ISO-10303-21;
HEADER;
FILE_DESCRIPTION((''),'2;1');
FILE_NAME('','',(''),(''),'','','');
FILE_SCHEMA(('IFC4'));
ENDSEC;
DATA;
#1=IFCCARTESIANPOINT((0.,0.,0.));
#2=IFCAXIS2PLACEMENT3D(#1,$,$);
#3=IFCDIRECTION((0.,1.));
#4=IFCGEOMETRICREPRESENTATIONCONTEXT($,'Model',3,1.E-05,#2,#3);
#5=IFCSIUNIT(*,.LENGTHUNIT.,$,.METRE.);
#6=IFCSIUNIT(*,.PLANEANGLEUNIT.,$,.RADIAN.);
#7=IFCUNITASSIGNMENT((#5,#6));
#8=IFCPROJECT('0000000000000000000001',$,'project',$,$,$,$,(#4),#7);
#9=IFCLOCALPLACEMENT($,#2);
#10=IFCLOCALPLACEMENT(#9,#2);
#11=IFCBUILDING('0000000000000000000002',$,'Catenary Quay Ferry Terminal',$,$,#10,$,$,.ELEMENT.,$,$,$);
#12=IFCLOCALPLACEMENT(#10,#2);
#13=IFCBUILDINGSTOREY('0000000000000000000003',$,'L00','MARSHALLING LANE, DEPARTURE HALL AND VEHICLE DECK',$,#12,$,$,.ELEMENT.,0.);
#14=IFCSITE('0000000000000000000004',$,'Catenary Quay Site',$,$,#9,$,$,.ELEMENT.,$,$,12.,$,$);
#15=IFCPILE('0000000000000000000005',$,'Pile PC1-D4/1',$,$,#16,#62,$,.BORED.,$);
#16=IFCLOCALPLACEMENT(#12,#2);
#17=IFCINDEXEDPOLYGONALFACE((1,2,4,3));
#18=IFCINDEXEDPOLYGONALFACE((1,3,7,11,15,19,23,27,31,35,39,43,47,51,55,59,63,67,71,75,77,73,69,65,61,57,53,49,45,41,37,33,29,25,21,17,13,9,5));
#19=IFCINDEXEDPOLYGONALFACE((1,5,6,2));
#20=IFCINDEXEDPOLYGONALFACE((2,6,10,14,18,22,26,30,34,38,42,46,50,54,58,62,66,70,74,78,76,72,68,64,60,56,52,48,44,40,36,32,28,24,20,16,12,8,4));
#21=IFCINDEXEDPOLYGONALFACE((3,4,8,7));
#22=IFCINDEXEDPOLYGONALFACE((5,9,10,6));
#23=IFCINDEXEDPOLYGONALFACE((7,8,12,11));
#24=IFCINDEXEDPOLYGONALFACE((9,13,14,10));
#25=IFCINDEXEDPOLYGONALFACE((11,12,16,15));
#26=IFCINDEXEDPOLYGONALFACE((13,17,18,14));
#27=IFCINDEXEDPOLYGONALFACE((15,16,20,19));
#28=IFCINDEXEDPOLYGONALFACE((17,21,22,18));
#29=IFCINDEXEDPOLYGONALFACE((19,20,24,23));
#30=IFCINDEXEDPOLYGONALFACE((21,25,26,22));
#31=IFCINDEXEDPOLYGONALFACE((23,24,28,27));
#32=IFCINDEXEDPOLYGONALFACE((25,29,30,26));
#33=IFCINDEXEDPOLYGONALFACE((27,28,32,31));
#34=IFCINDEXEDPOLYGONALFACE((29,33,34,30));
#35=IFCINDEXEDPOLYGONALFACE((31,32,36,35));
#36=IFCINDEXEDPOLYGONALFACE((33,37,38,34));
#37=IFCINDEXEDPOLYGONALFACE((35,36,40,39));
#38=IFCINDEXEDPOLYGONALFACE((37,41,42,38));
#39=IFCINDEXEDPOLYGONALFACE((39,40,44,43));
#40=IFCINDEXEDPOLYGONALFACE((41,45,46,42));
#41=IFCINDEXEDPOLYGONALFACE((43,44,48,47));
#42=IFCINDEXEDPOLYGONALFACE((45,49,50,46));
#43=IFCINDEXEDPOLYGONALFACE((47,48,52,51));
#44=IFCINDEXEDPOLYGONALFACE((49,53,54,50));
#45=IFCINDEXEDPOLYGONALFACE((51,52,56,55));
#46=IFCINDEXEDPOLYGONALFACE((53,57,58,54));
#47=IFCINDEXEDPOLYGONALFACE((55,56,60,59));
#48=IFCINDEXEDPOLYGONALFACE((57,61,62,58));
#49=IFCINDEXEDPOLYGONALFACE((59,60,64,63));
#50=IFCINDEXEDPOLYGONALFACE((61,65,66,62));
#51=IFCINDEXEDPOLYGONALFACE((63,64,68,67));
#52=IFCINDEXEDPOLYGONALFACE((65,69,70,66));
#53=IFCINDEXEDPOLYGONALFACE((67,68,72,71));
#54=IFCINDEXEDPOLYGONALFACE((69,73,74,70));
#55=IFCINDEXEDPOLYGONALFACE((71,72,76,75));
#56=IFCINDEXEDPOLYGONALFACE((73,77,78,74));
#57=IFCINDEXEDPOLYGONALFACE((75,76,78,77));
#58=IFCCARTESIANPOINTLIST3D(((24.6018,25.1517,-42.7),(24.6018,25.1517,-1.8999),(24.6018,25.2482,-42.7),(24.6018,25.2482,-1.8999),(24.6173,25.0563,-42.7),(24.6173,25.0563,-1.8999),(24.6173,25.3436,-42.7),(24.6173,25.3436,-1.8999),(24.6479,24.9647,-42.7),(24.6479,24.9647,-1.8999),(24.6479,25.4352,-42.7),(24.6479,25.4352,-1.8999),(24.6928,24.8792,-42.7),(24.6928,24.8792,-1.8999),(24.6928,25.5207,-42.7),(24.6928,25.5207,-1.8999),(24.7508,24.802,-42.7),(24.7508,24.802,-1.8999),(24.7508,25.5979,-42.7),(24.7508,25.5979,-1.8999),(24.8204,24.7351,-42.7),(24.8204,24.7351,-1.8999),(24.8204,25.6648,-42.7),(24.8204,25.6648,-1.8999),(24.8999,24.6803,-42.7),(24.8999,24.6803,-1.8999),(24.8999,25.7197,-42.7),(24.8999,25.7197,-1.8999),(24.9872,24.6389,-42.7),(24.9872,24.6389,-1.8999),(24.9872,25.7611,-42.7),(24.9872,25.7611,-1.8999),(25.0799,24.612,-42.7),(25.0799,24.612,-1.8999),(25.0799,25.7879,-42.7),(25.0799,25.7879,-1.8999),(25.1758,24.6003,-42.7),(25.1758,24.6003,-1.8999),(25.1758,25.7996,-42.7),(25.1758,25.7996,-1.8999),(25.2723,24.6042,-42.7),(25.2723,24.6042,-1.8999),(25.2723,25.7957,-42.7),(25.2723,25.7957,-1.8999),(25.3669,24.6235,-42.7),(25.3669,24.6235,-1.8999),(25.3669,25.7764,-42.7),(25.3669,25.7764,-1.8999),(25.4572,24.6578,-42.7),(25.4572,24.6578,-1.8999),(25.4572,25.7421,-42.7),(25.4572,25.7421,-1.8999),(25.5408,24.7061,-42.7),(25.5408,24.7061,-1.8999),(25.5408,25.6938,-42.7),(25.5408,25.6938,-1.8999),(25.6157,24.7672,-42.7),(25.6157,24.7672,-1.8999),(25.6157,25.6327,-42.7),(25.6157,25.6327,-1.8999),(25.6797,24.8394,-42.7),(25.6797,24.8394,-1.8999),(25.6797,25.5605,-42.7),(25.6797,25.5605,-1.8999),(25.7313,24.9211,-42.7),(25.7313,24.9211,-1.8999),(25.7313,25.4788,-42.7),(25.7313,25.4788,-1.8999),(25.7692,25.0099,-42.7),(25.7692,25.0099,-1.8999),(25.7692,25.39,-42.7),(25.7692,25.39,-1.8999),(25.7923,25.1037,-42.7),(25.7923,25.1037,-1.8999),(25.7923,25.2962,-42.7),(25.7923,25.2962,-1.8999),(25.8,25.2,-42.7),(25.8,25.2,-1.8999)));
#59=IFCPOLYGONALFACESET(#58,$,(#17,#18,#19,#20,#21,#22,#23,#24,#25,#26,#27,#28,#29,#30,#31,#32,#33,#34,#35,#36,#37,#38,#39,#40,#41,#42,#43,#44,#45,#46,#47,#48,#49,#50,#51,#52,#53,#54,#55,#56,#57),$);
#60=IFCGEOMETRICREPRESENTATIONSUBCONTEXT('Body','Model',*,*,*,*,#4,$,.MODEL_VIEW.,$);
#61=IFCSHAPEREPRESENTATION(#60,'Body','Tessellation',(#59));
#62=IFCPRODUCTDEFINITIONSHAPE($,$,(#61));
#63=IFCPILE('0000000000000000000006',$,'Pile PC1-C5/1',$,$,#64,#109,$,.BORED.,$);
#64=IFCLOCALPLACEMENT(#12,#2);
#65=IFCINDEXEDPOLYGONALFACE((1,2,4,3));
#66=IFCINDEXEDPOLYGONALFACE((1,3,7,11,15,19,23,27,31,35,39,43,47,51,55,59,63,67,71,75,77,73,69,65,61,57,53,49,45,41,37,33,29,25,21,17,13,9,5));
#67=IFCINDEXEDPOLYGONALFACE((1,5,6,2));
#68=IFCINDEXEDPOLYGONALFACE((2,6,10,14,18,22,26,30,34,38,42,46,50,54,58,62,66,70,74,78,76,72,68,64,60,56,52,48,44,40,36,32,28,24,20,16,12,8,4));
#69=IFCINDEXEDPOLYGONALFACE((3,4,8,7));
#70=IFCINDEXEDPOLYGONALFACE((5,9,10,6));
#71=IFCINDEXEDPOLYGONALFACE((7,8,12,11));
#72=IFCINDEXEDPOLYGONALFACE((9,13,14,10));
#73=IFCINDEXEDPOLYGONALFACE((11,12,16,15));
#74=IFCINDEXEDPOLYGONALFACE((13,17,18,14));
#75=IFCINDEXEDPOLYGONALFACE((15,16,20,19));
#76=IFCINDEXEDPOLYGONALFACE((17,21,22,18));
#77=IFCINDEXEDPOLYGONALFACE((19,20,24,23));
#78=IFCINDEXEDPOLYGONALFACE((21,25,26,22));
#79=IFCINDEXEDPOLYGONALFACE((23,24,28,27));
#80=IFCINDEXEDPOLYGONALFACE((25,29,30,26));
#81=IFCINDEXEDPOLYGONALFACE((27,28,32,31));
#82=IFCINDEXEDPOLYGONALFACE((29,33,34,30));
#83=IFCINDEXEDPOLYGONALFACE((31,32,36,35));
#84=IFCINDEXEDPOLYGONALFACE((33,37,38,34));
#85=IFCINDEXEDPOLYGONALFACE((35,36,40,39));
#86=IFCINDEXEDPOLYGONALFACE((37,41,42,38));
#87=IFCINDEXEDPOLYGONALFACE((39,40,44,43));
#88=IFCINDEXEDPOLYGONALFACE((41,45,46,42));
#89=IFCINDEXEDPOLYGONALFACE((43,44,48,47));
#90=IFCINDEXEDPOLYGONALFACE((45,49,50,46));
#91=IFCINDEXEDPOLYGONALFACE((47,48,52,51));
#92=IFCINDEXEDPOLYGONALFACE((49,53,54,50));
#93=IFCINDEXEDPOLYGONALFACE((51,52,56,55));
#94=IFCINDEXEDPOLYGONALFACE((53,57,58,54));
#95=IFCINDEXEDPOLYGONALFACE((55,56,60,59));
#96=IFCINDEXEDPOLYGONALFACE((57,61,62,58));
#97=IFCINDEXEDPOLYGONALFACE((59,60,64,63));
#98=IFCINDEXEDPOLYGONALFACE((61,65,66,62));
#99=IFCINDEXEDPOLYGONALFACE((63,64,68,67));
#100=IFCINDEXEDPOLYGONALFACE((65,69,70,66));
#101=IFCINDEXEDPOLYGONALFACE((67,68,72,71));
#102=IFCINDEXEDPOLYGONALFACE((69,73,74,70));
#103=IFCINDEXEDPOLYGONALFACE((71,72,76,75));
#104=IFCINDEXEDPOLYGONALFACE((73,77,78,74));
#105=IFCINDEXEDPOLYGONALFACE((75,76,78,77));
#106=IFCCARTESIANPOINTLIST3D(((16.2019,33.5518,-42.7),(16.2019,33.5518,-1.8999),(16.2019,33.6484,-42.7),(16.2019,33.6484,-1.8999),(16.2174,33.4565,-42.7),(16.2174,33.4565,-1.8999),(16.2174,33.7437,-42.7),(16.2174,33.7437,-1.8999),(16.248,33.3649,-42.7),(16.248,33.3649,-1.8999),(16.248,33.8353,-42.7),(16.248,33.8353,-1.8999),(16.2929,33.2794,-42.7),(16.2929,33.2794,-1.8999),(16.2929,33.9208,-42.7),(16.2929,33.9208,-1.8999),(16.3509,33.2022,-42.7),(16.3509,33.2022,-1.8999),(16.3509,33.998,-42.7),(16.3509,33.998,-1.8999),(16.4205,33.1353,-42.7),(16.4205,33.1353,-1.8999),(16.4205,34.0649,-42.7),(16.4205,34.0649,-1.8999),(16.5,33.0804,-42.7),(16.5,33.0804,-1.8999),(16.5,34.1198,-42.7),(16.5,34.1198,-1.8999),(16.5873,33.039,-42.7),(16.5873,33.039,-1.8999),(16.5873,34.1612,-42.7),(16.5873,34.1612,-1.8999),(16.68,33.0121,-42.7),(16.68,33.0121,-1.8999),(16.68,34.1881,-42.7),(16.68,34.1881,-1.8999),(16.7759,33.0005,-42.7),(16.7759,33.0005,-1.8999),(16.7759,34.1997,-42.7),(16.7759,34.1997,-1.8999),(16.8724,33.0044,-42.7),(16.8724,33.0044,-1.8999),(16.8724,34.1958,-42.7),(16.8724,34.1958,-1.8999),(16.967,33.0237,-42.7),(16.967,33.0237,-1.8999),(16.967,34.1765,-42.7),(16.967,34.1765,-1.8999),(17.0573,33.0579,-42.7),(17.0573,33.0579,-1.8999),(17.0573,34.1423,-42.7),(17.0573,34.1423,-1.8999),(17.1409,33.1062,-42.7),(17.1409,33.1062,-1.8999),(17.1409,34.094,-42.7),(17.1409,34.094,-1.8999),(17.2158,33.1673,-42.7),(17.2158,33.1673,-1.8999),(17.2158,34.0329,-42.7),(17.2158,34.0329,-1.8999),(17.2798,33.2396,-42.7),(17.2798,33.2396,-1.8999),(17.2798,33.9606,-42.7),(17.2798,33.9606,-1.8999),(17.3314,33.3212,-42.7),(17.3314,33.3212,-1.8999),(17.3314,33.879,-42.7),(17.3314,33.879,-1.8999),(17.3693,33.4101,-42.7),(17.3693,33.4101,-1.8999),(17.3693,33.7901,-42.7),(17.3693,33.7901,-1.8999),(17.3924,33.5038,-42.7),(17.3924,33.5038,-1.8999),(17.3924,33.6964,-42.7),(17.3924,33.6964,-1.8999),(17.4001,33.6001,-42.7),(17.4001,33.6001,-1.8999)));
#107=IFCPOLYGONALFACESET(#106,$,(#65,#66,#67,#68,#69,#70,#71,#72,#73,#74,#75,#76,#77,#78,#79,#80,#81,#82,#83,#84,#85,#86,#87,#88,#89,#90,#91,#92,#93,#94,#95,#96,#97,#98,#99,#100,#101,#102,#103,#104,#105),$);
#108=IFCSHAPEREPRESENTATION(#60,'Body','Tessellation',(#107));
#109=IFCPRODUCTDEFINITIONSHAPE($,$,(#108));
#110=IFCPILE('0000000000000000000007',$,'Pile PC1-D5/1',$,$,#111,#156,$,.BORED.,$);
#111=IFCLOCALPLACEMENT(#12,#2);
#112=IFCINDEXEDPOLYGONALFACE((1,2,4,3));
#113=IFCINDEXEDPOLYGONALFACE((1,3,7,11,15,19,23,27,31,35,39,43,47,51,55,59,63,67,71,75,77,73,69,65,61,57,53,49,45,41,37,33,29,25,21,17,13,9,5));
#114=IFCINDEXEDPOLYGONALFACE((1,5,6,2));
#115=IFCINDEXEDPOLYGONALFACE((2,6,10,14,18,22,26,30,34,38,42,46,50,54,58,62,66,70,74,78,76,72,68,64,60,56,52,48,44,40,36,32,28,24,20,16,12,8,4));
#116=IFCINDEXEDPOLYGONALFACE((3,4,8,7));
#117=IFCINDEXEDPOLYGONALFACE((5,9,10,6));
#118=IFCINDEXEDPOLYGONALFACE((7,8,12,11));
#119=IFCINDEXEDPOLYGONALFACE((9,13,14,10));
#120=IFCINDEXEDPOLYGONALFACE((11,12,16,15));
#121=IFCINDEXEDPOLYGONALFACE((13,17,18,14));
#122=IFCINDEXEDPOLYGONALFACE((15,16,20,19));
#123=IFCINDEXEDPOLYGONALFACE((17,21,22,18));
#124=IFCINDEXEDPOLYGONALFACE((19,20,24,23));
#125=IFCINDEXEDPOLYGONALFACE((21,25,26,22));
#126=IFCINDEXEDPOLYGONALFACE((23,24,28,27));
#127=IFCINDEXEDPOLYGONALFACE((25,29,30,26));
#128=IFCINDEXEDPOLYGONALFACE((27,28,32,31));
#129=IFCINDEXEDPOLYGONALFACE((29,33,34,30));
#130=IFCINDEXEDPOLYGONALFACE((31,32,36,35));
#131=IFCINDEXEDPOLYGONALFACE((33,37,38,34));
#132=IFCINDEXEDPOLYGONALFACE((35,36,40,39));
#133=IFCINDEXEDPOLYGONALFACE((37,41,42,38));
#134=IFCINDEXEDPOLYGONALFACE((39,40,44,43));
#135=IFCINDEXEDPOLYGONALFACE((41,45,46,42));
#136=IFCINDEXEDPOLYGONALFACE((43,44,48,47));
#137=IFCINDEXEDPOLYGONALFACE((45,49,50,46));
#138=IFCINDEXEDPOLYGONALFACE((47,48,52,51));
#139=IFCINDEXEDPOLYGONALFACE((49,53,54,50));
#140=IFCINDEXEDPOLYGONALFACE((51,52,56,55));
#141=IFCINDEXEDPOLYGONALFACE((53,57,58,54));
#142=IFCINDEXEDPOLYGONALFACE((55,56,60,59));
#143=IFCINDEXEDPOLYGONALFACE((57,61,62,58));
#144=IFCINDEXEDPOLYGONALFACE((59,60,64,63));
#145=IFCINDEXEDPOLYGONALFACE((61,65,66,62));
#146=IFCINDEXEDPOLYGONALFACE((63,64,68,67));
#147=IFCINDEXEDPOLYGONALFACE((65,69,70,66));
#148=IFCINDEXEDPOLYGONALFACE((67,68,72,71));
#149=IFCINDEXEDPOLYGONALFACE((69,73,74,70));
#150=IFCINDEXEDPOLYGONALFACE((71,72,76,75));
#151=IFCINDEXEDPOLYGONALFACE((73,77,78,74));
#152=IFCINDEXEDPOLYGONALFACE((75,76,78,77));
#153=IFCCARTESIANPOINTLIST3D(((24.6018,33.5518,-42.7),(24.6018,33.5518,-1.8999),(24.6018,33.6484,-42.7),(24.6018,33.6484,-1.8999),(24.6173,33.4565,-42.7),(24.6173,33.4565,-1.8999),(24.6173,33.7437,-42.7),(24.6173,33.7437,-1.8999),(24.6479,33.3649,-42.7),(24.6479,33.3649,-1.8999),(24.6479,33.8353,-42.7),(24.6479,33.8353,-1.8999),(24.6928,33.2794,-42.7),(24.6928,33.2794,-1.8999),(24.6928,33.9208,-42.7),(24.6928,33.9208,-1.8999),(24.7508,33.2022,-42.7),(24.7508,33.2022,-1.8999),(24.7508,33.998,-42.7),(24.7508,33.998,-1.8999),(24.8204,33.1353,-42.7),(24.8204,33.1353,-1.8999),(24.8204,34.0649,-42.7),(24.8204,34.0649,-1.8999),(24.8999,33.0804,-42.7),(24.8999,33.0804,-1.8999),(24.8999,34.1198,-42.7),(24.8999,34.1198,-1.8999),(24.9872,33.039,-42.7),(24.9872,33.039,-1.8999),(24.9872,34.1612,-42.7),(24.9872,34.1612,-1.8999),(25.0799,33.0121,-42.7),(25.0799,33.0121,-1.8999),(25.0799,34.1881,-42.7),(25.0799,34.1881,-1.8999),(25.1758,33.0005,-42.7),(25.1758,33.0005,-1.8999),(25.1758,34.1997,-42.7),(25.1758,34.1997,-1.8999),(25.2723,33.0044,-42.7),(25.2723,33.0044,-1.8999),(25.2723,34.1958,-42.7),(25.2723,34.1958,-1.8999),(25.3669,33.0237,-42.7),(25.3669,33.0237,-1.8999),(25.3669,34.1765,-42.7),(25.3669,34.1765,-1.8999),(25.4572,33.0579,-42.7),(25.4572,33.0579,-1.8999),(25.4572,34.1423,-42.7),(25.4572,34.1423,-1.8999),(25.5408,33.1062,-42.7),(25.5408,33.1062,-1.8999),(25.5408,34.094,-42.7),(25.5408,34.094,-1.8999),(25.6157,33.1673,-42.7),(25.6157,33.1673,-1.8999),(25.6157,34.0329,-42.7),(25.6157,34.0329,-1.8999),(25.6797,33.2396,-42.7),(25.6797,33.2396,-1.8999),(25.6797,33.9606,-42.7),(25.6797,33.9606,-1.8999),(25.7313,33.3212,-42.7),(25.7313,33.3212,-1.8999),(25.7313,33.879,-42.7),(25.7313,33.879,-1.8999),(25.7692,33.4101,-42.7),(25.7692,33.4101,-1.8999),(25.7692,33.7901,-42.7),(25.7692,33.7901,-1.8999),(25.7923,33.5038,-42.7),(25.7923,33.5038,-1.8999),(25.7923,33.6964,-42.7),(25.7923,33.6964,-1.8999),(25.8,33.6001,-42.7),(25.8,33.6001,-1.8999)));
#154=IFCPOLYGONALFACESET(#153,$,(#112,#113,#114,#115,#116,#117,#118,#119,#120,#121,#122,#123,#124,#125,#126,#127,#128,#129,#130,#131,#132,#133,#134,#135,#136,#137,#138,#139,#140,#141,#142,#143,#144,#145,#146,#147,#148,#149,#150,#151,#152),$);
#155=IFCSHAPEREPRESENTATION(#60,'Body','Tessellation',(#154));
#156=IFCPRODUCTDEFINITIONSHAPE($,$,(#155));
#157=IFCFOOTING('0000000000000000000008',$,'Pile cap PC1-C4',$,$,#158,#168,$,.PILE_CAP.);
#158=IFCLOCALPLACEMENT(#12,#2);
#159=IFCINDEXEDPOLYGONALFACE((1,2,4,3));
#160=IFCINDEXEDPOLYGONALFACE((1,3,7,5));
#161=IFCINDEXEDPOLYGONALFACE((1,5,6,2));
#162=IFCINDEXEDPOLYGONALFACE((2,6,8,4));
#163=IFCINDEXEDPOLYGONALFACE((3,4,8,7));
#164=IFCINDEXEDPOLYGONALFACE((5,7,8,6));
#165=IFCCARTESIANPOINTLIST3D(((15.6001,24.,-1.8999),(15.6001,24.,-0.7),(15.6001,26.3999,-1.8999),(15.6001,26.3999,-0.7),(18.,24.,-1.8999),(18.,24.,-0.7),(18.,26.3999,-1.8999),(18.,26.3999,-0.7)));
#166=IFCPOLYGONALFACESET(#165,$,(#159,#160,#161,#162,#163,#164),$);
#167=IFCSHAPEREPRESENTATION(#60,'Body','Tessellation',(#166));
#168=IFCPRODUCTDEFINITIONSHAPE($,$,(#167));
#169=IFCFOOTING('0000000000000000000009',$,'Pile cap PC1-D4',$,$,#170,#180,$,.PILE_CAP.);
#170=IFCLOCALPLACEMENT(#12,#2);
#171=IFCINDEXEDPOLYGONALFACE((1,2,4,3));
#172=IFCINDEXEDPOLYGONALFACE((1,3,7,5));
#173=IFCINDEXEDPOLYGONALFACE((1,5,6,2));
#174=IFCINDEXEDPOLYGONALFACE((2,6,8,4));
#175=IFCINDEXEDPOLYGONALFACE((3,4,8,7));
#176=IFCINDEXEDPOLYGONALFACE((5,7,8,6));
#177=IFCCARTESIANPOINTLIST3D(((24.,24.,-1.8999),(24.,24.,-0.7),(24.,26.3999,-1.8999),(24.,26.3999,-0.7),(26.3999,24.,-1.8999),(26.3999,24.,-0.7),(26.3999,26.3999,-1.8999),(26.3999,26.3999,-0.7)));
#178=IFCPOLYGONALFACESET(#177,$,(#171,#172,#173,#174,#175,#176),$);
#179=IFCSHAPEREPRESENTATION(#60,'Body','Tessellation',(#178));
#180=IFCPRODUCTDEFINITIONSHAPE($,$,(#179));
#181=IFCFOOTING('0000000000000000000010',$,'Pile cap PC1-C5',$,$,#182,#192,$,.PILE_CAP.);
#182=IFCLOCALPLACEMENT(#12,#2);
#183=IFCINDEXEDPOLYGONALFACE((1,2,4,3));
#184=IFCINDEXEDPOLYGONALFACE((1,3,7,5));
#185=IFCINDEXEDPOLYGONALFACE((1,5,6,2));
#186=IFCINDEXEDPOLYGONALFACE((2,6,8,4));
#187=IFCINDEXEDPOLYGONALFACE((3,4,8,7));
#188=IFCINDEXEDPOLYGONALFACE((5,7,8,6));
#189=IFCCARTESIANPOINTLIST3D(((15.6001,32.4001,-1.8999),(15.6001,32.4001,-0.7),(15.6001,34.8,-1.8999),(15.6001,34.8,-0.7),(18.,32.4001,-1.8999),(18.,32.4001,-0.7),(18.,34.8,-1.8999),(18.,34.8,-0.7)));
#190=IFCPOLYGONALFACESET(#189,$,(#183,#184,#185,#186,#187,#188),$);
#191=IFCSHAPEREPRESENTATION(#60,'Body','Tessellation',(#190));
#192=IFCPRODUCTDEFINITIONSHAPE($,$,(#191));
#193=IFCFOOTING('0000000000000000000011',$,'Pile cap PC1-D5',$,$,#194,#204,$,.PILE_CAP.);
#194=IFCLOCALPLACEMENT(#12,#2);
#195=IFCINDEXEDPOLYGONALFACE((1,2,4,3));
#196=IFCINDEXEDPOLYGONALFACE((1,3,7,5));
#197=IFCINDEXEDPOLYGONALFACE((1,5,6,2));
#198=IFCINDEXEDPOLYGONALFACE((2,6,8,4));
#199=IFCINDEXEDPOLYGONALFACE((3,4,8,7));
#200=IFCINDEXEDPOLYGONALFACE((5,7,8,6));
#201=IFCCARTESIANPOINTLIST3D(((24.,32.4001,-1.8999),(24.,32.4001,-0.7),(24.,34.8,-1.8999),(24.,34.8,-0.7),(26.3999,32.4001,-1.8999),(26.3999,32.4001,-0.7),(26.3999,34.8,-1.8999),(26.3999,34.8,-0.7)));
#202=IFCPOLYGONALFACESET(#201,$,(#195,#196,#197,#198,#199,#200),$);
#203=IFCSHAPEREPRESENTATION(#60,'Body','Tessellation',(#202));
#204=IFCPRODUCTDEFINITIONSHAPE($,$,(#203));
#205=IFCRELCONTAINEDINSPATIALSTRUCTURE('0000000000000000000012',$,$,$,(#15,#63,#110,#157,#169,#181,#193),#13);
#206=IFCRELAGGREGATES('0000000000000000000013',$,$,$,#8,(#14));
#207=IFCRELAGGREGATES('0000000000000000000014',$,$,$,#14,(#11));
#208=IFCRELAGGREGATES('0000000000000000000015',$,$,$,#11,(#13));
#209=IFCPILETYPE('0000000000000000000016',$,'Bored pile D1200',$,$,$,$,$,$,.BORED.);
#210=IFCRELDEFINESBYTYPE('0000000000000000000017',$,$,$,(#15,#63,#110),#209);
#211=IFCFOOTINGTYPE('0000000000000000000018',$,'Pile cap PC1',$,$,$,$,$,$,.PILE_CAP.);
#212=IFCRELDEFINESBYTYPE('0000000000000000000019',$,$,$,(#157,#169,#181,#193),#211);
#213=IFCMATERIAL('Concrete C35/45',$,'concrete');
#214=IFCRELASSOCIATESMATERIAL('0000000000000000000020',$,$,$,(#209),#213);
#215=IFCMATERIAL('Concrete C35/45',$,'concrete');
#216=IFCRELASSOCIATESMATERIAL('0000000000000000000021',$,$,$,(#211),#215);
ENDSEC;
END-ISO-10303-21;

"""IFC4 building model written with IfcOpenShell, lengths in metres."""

from ifc_helpers import new_model, si_unit, direction, frame, origin, origin_2d, place, context, subcontext, project, spatial, rectangle, circle, extrude, material, material_profile, profile_set, type_object, element, save


model = new_model("IFC4")

# Units and contexts
model_context = context("Model", 3, precision=1e-05, world=origin(), true_north=direction((0.0, 1.0)))
body_context = subcontext(model_context, "Body", "Model", "MODEL_VIEW")
ifc_project = project(units=[si_unit("LENGTHUNIT", "METRE"), si_unit("PLANEANGLEUNIT", "RADIAN")], contexts=[model_context])

# Site, building, storey
site_placement = place(None, origin())
site = spatial("IfcSite", under=ifc_project, at=site_placement, Name="Catenary Quay Site", CompositionType="ELEMENT", RefElevation=12.0)
building_placement = place(site_placement, origin())
building = spatial("IfcBuilding", under=site, at=building_placement, Name="Catenary Quay Ferry Terminal", CompositionType="ELEMENT")
storey_placement = place(building_placement, origin())
storey = spatial("IfcBuildingStorey", under=building, at=storey_placement, Name="L00", Description="MARSHALLING LANE, DEPARTURE HALL AND VEHICLE DECK", CompositionType="ELEMENT", Elevation=0.0)

# Piles
ifc_material_1 = material(Name="Concrete C35/45", Category="concrete")
ifc_material_profile_1 = material_profile(ifc_material_1, circle(Radius=0.6001, at=origin_2d()), Name="D1200")
ifc_profile_set_1 = profile_set([ifc_material_profile_1], Name="Concrete C35/45")
pile_type = type_object("IfcPileType", Name="Bored pile D1200", PredefinedType="BORED", material=ifc_profile_set_1)
for number, where, z_axis, x_axis, name in (
    (1, (25.2, 25.2, -1.8999), (0.0, 0.0, -1.0), (1.0, 0.0, 0.0), "Pile PC1-D4/1"),
    (2, (16.8, 33.6001, -1.8999), (0.0, 0.0, -1.0), (1.0, 0.0, 0.0), "Pile PC1-C5/1"),
    (3, (25.2, 33.6001, -1.8999), (0.0, 0.0, -1.0), (1.0, 0.0, 0.0), "Pile PC1-D5/1"),
):
    element("IfcPile", number, at=place(storey_placement, frame(where, z_axis=z_axis, x_axis=x_axis)), inside=storey, type_object=pile_type, Name=name, PredefinedType="BORED", context=body_context, shape_type="SweptSolid", body=[
        extrude(circle(Radius=0.6001, at=origin_2d()), origin(), (0.0, 0.0, 1.0), 40.8),
    ])

# Footings
ifc_material_2 = material(Name="Concrete C35/45", Category="concrete")
footing_type = type_object("IfcFootingType", Name="Pile cap PC1", PredefinedType="PILE_CAP", material=ifc_material_2)
for number, where, z_axis, x_axis, name in (
    (4, (16.8, 25.2, -1.8999), (0.0, 0.0, 1.0), (1.0, 0.0, 0.0), "Pile cap PC1-C4"),
    (5, (25.2, 25.2, -1.8999), (0.0, 0.0, 1.0), (1.0, 0.0, 0.0), "Pile cap PC1-D4"),
    (6, (16.8, 33.6001, -1.8999), (0.0, 0.0, 1.0), (1.0, 0.0, 0.0), "Pile cap PC1-C5"),
    (7, (25.2, 33.6001, -1.8999), (0.0, 0.0, 1.0), (1.0, 0.0, 0.0), "Pile cap PC1-D5"),
):
    element("IfcFooting", number, at=place(storey_placement, frame(where, z_axis=z_axis, x_axis=x_axis)), inside=storey, type_object=footing_type, Name=name, PredefinedType="PILE_CAP", context=body_context, shape_type="SweptSolid", body=[
        extrude(rectangle(XDim=2.3999, YDim=2.3999, at=origin_2d()), origin(), (0.0, 0.0, 1.0), 1.2),
    ])

save(model, "model.ifc")
